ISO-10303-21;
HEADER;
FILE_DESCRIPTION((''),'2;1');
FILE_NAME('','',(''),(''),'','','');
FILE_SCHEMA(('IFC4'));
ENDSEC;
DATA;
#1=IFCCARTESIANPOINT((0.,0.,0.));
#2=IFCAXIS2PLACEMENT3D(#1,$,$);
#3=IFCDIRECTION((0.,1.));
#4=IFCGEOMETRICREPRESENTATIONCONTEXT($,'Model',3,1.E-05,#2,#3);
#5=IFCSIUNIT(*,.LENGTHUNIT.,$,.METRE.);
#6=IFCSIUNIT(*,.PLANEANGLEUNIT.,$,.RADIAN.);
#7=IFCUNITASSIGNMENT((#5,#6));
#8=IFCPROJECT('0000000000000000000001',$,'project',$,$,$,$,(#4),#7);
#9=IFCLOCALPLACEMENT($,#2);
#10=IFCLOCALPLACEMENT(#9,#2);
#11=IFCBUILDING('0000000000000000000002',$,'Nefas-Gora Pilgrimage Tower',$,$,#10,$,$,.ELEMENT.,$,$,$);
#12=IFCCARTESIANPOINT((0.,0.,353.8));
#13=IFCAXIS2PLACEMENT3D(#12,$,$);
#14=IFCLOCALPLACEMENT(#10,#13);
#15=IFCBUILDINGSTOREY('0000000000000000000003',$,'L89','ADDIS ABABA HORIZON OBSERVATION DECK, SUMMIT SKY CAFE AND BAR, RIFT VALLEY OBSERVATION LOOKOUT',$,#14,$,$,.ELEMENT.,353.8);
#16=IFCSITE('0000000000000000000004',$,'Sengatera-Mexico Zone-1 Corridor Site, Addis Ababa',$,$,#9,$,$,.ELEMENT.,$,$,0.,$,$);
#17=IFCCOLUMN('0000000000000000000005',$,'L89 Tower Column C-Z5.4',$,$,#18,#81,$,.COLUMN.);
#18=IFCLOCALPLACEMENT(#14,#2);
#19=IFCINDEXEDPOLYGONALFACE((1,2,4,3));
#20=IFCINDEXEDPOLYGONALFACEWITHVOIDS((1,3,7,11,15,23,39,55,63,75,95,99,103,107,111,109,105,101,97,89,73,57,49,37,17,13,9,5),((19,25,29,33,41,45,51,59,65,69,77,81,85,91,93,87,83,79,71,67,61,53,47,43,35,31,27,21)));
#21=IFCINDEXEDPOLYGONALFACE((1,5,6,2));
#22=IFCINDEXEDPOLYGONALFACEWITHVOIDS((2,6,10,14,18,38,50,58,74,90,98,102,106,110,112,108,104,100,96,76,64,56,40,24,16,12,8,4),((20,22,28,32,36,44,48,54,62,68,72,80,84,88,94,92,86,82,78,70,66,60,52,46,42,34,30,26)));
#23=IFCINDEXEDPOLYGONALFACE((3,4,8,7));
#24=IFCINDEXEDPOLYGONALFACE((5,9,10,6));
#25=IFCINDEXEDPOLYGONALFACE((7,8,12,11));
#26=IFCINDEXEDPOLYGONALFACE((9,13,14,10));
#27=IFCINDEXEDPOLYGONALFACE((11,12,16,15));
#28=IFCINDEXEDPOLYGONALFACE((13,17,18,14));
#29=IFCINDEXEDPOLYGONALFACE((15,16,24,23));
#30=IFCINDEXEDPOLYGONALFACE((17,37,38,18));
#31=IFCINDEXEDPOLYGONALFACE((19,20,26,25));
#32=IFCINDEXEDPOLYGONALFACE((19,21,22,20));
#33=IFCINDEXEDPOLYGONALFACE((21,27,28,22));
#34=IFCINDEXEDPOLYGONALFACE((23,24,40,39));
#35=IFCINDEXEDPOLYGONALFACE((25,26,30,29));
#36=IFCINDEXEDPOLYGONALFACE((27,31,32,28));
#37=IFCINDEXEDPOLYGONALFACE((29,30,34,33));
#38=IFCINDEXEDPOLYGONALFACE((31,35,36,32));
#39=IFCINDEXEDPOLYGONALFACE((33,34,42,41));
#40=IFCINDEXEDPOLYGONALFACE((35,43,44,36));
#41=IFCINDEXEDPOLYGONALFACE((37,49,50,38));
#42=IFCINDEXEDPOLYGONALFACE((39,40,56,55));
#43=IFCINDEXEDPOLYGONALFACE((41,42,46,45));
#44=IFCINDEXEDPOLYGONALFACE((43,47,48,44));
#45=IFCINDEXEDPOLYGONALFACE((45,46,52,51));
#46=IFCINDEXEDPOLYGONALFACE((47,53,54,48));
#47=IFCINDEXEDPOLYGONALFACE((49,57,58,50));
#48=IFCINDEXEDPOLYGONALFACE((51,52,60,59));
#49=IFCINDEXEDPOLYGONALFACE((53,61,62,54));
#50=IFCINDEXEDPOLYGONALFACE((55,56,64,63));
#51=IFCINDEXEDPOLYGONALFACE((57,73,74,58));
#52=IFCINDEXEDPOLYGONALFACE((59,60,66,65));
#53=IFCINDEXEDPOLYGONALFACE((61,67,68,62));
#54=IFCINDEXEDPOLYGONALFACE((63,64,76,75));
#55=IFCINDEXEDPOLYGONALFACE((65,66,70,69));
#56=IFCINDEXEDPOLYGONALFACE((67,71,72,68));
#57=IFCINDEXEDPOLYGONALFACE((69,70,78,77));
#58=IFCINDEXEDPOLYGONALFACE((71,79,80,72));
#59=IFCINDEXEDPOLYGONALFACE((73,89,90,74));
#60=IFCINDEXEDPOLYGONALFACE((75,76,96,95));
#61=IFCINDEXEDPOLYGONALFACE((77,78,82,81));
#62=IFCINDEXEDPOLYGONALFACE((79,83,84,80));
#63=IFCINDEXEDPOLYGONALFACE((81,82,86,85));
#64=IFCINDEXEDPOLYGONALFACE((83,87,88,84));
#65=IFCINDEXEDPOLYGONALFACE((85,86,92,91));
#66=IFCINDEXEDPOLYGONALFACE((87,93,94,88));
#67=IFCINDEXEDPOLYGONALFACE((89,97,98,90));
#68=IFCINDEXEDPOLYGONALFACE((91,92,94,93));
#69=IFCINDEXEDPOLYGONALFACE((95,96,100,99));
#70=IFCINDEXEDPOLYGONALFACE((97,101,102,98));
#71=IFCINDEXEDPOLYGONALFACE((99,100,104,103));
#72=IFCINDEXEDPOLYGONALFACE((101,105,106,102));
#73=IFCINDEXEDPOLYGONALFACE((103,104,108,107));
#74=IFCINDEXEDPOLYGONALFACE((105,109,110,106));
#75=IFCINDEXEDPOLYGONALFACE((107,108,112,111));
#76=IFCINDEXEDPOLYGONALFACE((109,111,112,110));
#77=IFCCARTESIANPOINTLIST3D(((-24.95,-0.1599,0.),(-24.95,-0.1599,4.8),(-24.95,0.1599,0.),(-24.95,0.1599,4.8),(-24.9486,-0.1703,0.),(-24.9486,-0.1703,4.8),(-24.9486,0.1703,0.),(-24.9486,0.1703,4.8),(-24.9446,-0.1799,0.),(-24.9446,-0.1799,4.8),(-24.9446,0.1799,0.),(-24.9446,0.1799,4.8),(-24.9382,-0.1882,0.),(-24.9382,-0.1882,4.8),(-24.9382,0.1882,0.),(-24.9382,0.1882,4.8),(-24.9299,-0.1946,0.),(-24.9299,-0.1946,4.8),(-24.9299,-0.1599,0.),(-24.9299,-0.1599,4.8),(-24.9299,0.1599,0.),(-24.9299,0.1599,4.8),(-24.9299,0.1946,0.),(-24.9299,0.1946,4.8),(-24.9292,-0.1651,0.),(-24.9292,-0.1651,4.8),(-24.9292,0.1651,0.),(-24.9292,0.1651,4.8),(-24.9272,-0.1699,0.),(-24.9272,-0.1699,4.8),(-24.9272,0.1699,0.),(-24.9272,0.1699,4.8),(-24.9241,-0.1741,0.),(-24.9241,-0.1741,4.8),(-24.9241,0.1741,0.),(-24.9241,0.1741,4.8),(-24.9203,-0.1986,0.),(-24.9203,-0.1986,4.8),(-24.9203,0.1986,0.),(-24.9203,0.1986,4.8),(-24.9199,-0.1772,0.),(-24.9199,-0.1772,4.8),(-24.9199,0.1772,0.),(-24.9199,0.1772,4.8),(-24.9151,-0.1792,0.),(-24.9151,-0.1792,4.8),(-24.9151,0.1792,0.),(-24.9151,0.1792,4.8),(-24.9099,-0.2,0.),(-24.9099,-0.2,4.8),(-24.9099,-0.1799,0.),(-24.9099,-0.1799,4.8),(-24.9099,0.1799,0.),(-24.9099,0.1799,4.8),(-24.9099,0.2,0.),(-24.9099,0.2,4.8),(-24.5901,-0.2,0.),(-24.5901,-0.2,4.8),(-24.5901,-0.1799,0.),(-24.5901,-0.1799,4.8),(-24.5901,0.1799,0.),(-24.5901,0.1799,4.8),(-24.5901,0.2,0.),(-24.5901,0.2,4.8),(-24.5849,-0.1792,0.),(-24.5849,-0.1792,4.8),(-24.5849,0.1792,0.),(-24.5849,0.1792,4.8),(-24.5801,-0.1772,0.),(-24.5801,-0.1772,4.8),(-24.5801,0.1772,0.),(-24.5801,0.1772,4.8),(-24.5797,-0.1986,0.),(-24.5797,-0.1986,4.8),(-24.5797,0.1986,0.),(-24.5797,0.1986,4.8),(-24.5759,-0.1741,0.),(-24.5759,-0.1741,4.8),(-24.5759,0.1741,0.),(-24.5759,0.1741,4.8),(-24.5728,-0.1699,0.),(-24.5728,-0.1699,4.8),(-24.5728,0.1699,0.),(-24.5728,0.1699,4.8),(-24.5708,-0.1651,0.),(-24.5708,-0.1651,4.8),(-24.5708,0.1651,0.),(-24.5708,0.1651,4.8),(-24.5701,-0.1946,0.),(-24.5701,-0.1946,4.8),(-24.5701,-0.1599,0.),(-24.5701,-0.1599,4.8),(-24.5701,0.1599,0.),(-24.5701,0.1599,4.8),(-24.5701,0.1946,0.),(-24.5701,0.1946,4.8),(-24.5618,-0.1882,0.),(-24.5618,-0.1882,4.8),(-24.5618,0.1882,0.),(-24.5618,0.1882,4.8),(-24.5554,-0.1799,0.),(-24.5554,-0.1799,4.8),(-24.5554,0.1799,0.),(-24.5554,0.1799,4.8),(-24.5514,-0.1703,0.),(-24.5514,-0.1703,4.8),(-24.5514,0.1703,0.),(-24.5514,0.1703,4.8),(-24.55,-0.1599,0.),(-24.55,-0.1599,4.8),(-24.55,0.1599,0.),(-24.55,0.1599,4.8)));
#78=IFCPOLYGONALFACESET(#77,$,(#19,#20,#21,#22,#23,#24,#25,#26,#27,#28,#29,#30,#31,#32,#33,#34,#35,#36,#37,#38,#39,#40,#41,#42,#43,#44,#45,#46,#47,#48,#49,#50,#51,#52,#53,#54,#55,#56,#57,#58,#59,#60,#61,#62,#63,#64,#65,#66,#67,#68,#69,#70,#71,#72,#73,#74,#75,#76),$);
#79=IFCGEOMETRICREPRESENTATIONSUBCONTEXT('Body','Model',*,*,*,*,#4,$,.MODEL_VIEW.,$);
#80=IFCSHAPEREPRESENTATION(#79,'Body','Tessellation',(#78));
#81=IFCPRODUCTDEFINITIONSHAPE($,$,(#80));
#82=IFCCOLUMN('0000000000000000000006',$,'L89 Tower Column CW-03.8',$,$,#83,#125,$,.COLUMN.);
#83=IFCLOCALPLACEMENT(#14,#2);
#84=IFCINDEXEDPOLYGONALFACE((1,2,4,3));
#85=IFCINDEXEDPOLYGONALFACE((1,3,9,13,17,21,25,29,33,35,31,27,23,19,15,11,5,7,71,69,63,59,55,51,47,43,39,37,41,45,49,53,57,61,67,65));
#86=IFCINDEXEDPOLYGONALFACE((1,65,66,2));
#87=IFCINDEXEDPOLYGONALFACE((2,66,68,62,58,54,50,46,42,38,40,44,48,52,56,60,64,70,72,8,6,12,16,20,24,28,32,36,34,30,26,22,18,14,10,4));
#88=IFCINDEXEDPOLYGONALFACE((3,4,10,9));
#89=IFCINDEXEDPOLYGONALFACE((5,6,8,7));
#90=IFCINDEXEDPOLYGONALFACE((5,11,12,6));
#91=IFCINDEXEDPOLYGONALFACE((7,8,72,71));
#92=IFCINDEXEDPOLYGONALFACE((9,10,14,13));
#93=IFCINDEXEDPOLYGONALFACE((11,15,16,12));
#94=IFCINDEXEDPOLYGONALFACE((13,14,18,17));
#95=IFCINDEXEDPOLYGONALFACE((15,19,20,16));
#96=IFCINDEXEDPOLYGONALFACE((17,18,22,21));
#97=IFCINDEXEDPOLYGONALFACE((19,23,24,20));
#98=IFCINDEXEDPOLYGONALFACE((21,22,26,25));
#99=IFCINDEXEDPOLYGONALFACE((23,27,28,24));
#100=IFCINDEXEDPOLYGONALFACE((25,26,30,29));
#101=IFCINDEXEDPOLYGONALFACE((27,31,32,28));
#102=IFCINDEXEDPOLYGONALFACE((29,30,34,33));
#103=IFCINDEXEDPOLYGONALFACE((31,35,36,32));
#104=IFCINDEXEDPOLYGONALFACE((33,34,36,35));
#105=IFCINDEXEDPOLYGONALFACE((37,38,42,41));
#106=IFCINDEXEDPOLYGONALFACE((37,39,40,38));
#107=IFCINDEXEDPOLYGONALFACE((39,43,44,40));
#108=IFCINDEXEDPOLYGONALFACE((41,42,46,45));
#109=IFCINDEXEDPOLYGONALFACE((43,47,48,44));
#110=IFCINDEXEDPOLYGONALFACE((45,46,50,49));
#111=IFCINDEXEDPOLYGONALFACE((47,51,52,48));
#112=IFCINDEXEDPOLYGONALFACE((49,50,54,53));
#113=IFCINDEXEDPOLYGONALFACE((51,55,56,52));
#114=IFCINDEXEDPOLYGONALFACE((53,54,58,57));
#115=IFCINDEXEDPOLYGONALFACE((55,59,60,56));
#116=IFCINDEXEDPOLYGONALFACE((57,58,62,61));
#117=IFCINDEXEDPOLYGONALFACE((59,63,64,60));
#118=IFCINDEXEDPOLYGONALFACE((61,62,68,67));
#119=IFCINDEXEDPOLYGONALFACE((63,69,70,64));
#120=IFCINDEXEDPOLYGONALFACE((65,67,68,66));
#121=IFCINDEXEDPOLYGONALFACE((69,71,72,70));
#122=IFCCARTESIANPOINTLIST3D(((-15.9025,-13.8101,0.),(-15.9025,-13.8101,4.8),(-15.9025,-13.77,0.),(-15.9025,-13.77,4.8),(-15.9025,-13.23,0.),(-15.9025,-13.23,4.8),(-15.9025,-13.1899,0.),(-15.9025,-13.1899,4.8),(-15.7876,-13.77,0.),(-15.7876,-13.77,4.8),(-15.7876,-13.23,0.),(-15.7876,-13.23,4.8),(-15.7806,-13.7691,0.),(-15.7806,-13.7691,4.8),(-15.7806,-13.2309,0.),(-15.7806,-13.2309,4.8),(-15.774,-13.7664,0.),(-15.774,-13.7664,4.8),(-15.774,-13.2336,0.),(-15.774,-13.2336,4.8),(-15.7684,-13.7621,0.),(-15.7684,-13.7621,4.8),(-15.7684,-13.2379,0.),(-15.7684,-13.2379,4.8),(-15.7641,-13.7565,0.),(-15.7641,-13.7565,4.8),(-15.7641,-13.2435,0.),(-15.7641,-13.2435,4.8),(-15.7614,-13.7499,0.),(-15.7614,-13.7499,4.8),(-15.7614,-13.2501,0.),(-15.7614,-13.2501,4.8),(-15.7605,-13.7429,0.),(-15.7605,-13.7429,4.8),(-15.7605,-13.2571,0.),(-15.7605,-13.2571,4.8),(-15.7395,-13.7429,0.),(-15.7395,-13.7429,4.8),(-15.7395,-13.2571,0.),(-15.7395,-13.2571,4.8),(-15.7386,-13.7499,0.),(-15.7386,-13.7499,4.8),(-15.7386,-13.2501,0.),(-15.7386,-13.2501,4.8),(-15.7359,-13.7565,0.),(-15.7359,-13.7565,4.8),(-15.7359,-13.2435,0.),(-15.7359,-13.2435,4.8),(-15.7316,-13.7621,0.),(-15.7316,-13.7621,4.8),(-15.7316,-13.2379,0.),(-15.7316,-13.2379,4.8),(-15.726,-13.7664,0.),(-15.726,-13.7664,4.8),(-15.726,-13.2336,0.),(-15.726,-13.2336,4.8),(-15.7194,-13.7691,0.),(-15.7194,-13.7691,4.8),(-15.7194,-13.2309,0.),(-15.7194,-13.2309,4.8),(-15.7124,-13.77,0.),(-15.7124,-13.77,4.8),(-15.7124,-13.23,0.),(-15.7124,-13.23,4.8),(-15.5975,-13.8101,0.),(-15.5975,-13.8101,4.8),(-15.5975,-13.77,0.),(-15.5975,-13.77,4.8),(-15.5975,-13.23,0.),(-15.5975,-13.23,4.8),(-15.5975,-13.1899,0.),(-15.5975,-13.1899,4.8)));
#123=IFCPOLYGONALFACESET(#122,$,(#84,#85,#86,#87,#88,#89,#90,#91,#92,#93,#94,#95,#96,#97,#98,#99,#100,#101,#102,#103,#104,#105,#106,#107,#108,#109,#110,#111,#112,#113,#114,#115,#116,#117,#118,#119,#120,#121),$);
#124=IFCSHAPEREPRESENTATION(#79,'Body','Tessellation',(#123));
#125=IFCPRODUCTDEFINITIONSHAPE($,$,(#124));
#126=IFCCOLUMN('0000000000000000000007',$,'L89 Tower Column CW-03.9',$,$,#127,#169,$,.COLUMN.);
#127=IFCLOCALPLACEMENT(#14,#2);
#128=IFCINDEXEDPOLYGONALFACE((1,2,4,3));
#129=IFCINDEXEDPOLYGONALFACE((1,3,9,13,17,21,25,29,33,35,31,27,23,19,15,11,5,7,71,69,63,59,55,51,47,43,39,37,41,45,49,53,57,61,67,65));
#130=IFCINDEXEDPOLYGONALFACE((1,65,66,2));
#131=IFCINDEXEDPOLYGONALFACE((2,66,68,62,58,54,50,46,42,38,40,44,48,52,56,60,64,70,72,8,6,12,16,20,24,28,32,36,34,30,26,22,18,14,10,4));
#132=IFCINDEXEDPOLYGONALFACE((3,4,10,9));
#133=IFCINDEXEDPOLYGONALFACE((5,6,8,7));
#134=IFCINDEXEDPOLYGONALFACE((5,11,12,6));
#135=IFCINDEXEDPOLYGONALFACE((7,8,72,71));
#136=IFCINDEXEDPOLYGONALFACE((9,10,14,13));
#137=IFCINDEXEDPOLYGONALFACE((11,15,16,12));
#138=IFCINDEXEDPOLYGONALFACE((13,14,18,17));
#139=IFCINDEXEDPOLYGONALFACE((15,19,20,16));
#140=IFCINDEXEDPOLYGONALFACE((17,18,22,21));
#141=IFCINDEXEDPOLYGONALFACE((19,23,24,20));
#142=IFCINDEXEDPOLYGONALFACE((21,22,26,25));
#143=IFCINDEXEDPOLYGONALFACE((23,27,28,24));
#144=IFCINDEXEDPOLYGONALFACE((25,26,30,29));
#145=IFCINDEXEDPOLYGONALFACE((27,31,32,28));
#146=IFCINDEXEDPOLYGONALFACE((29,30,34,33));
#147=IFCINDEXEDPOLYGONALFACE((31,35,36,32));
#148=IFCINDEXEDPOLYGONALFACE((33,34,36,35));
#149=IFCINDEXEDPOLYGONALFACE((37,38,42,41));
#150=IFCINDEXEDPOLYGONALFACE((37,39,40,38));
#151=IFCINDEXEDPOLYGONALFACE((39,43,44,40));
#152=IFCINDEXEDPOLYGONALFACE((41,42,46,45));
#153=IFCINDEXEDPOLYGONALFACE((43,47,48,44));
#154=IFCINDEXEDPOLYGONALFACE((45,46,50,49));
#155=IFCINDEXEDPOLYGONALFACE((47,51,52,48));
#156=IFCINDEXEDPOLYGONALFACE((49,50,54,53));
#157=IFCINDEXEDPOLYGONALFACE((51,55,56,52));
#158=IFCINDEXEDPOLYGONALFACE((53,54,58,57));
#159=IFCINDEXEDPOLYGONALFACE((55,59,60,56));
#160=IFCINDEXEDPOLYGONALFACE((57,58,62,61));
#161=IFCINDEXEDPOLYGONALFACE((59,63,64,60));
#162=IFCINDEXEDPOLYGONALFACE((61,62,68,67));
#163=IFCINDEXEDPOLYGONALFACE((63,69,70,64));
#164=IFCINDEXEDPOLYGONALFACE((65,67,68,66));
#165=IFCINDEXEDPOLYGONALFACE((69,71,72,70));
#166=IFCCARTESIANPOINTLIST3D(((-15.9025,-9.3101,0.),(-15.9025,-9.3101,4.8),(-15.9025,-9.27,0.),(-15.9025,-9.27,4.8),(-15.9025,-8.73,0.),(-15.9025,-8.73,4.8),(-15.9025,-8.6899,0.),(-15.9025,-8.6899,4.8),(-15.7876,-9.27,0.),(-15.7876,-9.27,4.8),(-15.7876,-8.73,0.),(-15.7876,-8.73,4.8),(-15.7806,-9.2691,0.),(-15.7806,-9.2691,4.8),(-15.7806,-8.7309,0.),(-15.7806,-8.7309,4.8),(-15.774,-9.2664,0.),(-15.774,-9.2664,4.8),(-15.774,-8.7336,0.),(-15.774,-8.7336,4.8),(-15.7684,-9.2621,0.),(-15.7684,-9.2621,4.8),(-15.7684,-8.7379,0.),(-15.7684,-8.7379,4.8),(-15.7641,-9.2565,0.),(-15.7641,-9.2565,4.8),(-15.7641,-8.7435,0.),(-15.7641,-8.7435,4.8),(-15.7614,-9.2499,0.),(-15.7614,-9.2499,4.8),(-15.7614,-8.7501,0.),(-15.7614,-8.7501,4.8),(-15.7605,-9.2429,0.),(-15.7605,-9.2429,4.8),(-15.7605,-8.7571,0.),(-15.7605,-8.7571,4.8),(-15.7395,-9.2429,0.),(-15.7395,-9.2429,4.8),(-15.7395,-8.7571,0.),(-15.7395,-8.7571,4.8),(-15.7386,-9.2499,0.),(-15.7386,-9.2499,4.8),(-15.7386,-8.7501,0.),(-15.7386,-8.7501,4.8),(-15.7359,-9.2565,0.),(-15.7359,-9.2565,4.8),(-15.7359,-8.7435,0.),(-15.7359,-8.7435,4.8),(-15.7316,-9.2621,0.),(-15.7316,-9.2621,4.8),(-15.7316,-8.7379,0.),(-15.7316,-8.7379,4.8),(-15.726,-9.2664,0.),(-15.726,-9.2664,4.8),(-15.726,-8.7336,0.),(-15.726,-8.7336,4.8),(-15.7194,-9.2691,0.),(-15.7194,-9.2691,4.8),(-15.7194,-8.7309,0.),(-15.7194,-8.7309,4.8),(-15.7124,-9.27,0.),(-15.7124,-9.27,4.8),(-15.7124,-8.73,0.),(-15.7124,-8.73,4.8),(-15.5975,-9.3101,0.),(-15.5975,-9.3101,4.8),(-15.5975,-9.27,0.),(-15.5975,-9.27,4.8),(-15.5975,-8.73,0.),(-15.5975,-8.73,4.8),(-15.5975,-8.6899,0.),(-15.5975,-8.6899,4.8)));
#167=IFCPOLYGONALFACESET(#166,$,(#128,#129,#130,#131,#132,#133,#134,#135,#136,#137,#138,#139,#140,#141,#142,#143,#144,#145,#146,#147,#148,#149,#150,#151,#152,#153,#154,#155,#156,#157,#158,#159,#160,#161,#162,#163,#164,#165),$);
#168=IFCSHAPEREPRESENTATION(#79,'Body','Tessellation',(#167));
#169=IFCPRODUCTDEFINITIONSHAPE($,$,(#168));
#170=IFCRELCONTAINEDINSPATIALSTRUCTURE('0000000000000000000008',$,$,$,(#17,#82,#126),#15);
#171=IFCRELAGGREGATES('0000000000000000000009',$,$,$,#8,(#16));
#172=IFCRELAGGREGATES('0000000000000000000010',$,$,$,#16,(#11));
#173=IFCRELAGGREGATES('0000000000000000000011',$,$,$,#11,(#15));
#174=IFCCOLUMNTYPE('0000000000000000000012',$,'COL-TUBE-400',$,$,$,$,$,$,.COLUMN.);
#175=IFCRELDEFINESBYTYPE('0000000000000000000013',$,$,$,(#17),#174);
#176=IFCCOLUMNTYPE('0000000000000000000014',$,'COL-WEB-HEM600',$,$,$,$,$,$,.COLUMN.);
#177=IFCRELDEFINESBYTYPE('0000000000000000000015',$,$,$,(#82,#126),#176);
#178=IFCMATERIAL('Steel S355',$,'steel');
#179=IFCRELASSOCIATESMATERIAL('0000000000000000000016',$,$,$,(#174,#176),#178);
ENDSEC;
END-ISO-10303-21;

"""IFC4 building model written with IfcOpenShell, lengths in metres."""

from ifc_helpers import new_model, si_unit, direction, frame, origin, origin_2d, place, context, subcontext, project, spatial, hollow_rectangle, i_section, extrude, source, transform, mapped, material, material_profile, profile_set, type_object, element, save


model = new_model("IFC4")

# Units and contexts
model_context = context("Model", 3, precision=1e-05, world=origin(), true_north=direction((0.0, 1.0)))
body_context = subcontext(model_context, "Body", "Model", "MODEL_VIEW")
ifc_project = project(units=[si_unit("LENGTHUNIT", "METRE"), si_unit("PLANEANGLEUNIT", "RADIAN")], contexts=[model_context])

# Site, building, storey
site_placement = place(None, origin())
site = spatial("IfcSite", under=ifc_project, at=site_placement, Name="Sengatera-Mexico Zone-1 Corridor Site, Addis Ababa", CompositionType="ELEMENT", RefElevation=0.0)
building_placement = place(site_placement, origin())
building = spatial("IfcBuilding", under=site, at=building_placement, Name="Nefas-Gora Pilgrimage Tower", CompositionType="ELEMENT")
storey_placement = place(building_placement, frame((0.0, 0.0, 353.8)))
storey = spatial("IfcBuildingStorey", under=building, at=storey_placement, Name="L89", Description="ADDIS ABABA HORIZON OBSERVATION DECK, SUMMIT SKY CAFE AND BAR, RIFT VALLEY OBSERVATION LOOKOUT", CompositionType="ELEMENT", Elevation=353.8)

# Columns
ifc_material_1 = material(Name="Steel S355", Category="steel")
ifc_material_profile_1 = material_profile(ifc_material_1, hollow_rectangle(XDim=0.3999, YDim=0.3999, WallThickness=0.02, InnerFilletRadius=0.02, OuterFilletRadius=0.04, at=origin_2d()), Name="SHS 400x400x20")
ifc_profile_set_1 = profile_set([ifc_material_profile_1], Name="Steel S355")
column_type_1 = type_object("IfcColumnType", Name="COL-TUBE-400", PredefinedType="COLUMN", material=ifc_profile_set_1)
shared_shape_1 = source(origin(), body_context, "Body", "SweptSolid", [
    extrude(hollow_rectangle(XDim=0.3999, YDim=0.3999, WallThickness=0.02, InnerFilletRadius=0.02, OuterFilletRadius=0.04, at=origin_2d()), origin(), (0.0, 0.0, 1.0), 4.8),
])
for number, where, z_axis, x_axis, name in (
    (1, (-24.75, 0.0, 0.0), (0.0, 0.0, 1.0), (1.0, 0.0, 0.0), "L89 Tower Column C-Z5.4"),
):
    element("IfcColumn", number, at=place(storey_placement, frame(where, z_axis=z_axis, x_axis=x_axis)), inside=storey, type_object=column_type_1, Name=name, PredefinedType="COLUMN", context=body_context, shape_type="MappedRepresentation", body=[
        mapped(shared_shape_1, transform((0.0, 0.0, 0.0), x_axis=(1.0, 0.0, 0.0), y_axis=(0.0, 1.0, 0.0), z_axis=(0.0, 0.0, 1.0), scale=1.0)),
    ])
ifc_material_profile_2 = material_profile(ifc_material_1, i_section(OverallWidth=0.3049, OverallDepth=0.6201, WebThickness=0.021, FlangeThickness=0.04, FilletRadius=0.0271, at=origin_2d()), Name="HEM 600")
ifc_profile_set_2 = profile_set([ifc_material_profile_2], Name="Steel S355")
column_type_2 = type_object("IfcColumnType", Name="COL-WEB-HEM600", PredefinedType="COLUMN", material=ifc_profile_set_2)
shared_shape_2 = source(origin(), body_context, "Body", "SweptSolid", [
    extrude(i_section(OverallWidth=0.3049, OverallDepth=0.6201, WebThickness=0.021, FlangeThickness=0.04, FilletRadius=0.0271, at=origin_2d()), origin(), (0.0, 0.0, 1.0), 4.8),
])
for number, where, z_axis, x_axis, name in (
    (2, (-15.75, -13.5, 0.0), (0.0, 0.0, 1.0), (1.0, 0.0, 0.0), "L89 Tower Column CW-03.8"),
    (3, (-15.75, -9.0, 0.0), (0.0, 0.0, 1.0), (1.0, 0.0, 0.0), "L89 Tower Column CW-03.9"),
):
    element("IfcColumn", number, at=place(storey_placement, frame(where, z_axis=z_axis, x_axis=x_axis)), inside=storey, type_object=column_type_2, Name=name, PredefinedType="COLUMN", context=body_context, shape_type="MappedRepresentation", body=[
        mapped(shared_shape_2, transform((0.0, 0.0, 0.0), x_axis=(1.0, 0.0, 0.0), y_axis=(0.0, 1.0, 0.0), z_axis=(0.0, 0.0, 1.0), scale=1.0)),
    ])

save(model, "model.ifc")
